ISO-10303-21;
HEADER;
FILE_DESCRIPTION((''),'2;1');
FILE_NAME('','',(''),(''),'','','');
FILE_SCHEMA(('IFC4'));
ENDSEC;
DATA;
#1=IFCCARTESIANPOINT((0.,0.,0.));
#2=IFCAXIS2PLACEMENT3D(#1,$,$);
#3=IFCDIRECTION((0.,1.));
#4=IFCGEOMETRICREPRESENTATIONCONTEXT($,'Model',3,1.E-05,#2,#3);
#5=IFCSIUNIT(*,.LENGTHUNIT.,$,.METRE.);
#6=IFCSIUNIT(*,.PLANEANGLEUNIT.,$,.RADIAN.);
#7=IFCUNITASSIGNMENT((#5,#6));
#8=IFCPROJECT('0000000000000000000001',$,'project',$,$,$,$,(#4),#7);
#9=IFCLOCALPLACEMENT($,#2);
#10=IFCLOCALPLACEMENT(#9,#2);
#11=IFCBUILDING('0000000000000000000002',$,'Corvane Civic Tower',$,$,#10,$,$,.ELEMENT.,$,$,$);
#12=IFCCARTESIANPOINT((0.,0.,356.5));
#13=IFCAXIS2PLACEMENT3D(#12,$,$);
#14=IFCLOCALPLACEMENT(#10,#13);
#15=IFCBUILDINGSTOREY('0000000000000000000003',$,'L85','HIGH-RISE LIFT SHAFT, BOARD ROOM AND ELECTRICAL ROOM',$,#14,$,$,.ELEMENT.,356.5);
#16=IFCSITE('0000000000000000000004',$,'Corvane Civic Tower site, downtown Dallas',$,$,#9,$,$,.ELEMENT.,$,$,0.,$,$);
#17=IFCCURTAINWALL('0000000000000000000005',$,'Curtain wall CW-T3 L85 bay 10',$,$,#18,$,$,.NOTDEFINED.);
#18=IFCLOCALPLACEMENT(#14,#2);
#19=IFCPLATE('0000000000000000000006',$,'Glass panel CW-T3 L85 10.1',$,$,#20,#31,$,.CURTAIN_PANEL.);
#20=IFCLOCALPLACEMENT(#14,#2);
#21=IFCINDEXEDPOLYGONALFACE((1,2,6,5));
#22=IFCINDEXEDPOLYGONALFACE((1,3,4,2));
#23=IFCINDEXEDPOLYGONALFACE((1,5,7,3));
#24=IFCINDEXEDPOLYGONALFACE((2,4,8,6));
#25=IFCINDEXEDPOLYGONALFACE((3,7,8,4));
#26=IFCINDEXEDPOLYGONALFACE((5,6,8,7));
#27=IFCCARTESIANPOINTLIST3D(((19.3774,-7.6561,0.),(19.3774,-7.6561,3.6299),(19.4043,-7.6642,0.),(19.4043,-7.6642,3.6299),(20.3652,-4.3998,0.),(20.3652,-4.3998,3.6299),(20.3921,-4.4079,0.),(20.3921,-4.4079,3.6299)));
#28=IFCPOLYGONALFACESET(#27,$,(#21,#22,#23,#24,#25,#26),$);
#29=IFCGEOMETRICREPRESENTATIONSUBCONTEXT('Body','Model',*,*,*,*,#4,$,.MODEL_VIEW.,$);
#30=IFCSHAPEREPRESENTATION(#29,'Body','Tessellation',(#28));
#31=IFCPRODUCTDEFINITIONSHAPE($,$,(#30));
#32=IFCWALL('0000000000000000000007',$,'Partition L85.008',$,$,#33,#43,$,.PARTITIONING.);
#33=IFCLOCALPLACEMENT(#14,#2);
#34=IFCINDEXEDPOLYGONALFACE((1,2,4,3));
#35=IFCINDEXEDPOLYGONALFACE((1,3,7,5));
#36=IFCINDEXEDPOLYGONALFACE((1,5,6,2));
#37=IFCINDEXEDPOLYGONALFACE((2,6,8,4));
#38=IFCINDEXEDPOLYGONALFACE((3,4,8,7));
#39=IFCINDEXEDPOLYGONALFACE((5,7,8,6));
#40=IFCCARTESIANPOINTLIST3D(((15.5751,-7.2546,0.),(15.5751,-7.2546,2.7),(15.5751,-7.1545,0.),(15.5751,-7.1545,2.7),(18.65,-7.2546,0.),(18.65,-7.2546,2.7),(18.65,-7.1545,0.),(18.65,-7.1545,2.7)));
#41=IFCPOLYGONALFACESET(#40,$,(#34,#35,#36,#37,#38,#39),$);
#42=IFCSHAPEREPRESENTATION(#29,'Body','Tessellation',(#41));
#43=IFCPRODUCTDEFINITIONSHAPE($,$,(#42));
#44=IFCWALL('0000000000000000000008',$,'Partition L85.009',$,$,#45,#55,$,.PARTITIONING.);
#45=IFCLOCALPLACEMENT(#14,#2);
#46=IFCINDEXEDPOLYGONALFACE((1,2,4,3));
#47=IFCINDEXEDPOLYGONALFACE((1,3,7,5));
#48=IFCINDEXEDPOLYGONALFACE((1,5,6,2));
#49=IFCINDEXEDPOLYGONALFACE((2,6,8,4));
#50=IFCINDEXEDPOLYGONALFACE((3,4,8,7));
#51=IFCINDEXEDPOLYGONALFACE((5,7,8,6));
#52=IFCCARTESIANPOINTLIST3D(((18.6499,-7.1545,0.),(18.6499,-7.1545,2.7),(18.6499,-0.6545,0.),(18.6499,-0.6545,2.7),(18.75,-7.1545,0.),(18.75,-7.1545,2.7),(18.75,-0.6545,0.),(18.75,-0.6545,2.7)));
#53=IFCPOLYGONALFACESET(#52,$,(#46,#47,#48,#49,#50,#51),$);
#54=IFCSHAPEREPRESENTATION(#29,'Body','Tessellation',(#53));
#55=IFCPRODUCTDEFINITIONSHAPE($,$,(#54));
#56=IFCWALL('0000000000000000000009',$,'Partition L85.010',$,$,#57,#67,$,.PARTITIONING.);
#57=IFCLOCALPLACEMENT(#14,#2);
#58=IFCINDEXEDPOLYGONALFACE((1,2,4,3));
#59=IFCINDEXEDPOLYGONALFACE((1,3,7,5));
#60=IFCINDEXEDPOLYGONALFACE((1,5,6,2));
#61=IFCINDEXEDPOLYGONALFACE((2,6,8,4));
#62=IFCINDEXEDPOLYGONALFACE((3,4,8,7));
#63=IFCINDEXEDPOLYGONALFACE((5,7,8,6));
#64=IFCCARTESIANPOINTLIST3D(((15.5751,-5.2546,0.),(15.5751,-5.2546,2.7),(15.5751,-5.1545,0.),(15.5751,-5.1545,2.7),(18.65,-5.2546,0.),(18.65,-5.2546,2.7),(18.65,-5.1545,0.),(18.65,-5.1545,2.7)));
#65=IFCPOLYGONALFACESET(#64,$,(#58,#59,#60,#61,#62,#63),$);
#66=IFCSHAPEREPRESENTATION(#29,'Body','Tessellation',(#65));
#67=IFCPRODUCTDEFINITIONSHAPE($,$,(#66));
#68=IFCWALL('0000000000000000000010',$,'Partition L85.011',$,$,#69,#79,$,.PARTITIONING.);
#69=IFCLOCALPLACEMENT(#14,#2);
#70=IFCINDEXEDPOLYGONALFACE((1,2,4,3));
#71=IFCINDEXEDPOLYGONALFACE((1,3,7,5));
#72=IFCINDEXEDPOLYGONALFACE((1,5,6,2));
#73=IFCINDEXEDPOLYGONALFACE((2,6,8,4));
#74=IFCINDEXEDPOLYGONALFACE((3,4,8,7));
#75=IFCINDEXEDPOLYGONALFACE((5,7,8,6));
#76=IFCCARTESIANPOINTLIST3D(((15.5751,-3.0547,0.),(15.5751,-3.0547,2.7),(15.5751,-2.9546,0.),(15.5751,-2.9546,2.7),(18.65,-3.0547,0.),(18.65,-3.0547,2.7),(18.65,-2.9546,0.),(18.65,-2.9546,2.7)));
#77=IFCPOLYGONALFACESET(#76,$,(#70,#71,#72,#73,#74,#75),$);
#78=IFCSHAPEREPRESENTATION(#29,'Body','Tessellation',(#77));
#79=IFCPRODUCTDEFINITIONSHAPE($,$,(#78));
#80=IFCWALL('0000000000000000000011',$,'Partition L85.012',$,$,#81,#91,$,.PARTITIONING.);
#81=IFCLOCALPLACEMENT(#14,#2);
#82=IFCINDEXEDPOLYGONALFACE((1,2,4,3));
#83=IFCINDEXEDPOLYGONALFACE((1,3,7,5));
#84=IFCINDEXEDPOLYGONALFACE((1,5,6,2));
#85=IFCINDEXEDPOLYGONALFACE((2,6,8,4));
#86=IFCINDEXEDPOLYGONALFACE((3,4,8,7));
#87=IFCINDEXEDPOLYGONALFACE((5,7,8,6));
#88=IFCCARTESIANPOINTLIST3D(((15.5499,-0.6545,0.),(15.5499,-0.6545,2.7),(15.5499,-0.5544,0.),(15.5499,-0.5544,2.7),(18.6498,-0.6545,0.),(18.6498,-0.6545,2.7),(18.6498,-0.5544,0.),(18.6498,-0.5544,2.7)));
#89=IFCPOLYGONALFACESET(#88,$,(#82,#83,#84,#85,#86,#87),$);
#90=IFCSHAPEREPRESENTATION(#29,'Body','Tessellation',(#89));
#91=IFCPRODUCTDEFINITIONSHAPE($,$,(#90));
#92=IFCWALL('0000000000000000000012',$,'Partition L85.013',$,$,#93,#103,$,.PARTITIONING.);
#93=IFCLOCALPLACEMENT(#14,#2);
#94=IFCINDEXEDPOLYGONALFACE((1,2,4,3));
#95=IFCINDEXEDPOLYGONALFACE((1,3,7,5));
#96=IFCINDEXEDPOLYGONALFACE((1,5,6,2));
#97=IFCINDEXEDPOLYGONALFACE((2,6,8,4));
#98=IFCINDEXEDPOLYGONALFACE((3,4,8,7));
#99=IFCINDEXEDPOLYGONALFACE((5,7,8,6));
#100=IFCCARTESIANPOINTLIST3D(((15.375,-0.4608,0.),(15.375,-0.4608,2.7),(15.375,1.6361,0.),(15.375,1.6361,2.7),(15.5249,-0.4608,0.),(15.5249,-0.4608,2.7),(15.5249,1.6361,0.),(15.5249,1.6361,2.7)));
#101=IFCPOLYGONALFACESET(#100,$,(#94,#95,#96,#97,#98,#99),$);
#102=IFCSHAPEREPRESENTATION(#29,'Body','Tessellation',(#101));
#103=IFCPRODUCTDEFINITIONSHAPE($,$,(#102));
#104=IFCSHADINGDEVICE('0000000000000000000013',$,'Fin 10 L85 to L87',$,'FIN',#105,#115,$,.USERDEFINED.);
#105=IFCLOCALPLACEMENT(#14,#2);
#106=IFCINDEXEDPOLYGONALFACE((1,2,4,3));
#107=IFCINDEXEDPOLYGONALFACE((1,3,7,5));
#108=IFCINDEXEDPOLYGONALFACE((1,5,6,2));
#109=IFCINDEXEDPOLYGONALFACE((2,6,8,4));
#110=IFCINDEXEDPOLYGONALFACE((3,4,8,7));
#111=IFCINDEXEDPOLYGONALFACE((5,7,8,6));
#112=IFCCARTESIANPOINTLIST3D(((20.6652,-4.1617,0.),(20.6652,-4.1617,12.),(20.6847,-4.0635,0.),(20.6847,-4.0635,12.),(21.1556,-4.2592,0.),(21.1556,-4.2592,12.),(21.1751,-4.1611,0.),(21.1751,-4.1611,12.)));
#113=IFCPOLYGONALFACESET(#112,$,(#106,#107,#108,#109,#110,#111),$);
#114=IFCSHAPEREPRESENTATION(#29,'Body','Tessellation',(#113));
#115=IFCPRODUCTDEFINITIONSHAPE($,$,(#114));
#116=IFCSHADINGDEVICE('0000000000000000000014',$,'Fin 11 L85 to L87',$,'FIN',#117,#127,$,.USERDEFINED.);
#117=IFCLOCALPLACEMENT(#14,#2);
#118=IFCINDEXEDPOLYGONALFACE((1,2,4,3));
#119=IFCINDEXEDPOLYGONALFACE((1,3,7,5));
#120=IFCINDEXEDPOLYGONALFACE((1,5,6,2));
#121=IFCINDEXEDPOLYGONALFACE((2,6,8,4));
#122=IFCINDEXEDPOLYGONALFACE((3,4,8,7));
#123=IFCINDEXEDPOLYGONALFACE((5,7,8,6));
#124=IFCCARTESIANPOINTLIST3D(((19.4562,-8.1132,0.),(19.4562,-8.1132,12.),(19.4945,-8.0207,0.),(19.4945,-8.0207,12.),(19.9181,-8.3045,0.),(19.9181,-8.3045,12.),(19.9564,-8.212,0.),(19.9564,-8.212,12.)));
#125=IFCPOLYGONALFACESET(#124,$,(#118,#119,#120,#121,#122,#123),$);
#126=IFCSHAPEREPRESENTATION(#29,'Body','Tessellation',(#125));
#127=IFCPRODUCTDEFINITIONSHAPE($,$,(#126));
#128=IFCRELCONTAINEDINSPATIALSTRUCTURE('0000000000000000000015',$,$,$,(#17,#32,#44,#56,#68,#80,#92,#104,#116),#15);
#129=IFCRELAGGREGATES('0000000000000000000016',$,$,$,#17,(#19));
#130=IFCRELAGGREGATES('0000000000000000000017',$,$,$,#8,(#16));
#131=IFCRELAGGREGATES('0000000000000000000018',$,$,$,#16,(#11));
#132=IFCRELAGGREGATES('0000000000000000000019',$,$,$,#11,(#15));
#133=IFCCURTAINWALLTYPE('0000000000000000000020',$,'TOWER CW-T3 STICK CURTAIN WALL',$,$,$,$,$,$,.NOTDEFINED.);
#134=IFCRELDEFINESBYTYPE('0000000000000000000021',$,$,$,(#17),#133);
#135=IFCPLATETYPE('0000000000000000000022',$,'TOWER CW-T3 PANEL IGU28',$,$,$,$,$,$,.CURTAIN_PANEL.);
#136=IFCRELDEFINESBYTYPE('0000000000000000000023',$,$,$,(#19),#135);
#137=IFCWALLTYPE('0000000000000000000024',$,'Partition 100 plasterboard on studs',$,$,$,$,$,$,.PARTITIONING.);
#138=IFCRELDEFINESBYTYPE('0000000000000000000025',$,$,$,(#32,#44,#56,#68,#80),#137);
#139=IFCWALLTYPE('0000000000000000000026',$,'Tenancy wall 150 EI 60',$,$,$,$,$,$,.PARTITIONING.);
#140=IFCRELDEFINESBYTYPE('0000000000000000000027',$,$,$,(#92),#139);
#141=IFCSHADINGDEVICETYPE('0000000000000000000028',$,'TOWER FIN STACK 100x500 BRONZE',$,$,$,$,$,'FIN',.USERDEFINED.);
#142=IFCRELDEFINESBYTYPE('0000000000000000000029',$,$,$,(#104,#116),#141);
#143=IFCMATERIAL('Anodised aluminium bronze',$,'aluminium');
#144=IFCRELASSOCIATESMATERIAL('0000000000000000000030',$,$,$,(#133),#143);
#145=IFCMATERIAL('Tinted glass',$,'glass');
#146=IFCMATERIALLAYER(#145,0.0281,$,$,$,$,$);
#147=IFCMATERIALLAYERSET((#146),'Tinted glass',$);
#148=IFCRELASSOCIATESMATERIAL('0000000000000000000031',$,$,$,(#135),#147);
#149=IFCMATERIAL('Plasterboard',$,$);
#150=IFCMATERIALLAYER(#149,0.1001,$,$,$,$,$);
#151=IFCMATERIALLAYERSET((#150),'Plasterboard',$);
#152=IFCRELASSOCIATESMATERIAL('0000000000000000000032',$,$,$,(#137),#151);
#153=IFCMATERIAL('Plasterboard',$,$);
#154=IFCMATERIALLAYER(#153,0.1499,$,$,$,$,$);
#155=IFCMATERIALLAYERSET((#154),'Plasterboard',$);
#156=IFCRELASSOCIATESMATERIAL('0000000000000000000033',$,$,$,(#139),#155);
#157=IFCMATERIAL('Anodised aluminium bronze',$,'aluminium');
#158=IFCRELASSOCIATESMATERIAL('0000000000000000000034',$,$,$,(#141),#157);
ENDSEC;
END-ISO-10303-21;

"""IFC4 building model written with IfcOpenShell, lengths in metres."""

from ifc_helpers import new_model, si_unit, direction, frame, frame_2d, origin, origin_2d, place, context, subcontext, project, spatial, rectangle, extrude, material, layer, layer_set, material_profile, profile_set, type_object, element, aggregate, save


model = new_model("IFC4")

# Units and contexts
model_context = context("Model", 3, precision=1e-05, world=origin(), true_north=direction((0.0, 1.0)))
body_context = subcontext(model_context, "Body", "Model", "MODEL_VIEW")
ifc_project = project(units=[si_unit("LENGTHUNIT", "METRE"), si_unit("PLANEANGLEUNIT", "RADIAN")], contexts=[model_context])

# Site, building, storey
site_placement = place(None, origin())
site = spatial("IfcSite", under=ifc_project, at=site_placement, Name="Corvane Civic Tower site, downtown Dallas", CompositionType="ELEMENT", RefElevation=0.0)
building_placement = place(site_placement, origin())
building = spatial("IfcBuilding", under=site, at=building_placement, Name="Corvane Civic Tower", CompositionType="ELEMENT")
storey_placement = place(building_placement, frame((0.0, 0.0, 356.5)))
storey = spatial("IfcBuildingStorey", under=building, at=storey_placement, Name="L85", Description="HIGH-RISE LIFT SHAFT, BOARD ROOM AND ELECTRICAL ROOM", CompositionType="ELEMENT", Elevation=356.5)

# Curtain wall
ifc_material_1 = material(Name="Anodised aluminium bronze", Category="aluminium")
curtain_wall_type = type_object("IfcCurtainWallType", Name="TOWER CW-T3 STICK CURTAIN WALL", PredefinedType="NOTDEFINED", material=ifc_material_1)
curtain_wall_1_placement = place(storey_placement, origin())
curtain_wall_1 = element("IfcCurtainWall", 1, at=curtain_wall_1_placement, inside=storey, type_object=curtain_wall_type, Name="Curtain wall CW-T3 L85 bay 10", PredefinedType="NOTDEFINED")

# Plate
ifc_material_2 = material(Name="Tinted glass", Category="glass")
ifc_layer_1 = layer(ifc_material_2, 0.0281)
ifc_layer_set_1 = layer_set([ifc_layer_1], Name="Tinted glass")
plate_type = type_object("IfcPlateType", Name="TOWER CW-T3 PANEL IGU28", PredefinedType="CURTAIN_PANEL", material=ifc_layer_set_1)
plate_1_placement = place(storey_placement, frame((19.8848, -6.032, 0.0), z_axis=(0.0, 0.0, 1.0), x_axis=(-0.29029, -0.956939, 0.0)))
plate_1 = element("IfcPlate", 2, at=plate_1_placement, type_object=plate_type, Name="Glass panel CW-T3 L85 10.1", PredefinedType="CURTAIN_PANEL", context=body_context, shape_type="SweptSolid", body=[
    extrude(rectangle(XDim=3.4028, YDim=0.0281, at=origin_2d()), origin(), (0.0, 0.0, 1.0), 3.6299),
])
aggregate(curtain_wall_1, [plate_1])

# Walls
ifc_material_3 = material(Name="Plasterboard")
ifc_layer_2 = layer(ifc_material_3, 0.1001)
ifc_layer_set_2 = layer_set([ifc_layer_2], Name="Plasterboard")
wall_type_1 = type_object("IfcWallType", Name="Partition 100 plasterboard on studs", PredefinedType="PARTITIONING", material=ifc_layer_set_2)
wall_1_placement = place(storey_placement, frame((15.575, -7.2046, 0.0), z_axis=(0.0, 0.0, 1.0), x_axis=(1.0, 0.0, 0.0)))
element("IfcWall", 3, at=wall_1_placement, inside=storey, type_object=wall_type_1, Name="Partition L85.008", PredefinedType="PARTITIONING", context=body_context, shape_type="SweptSolid", body=[
    extrude(rectangle(XDim=3.075, YDim=0.1001, at=frame_2d((1.5376, 0.0))), origin(), (0.0, 0.0, 1.0), 2.7),
])
wall_2_placement = place(storey_placement, frame((18.7, -7.1545, 0.0), z_axis=(0.0, 0.0, 1.0), x_axis=(0.0, 1.0, 0.0)))
element("IfcWall", 4, at=wall_2_placement, inside=storey, type_object=wall_type_1, Name="Partition L85.009", PredefinedType="PARTITIONING", context=body_context, shape_type="SweptSolid", body=[
    extrude(rectangle(XDim=6.5, YDim=0.1001, at=frame_2d((3.25, 0.0))), origin(), (0.0, 0.0, 1.0), 2.7),
])
for number, where, z_axis, x_axis, name in (
    (5, (15.575, -5.2046, 0.0), (0.0, 0.0, 1.0), (1.0, 0.0, 0.0), "Partition L85.010"),
    (6, (15.575, -3.0046, 0.0), (0.0, 0.0, 1.0), (1.0, 0.0, 0.0), "Partition L85.011"),
):
    element("IfcWall", number, at=place(storey_placement, frame(where, z_axis=z_axis, x_axis=x_axis)), inside=storey, type_object=wall_type_1, Name=name, PredefinedType="PARTITIONING", context=body_context, shape_type="SweptSolid", body=[
        extrude(rectangle(XDim=3.075, YDim=0.1001, at=frame_2d((1.5376, 0.0))), origin(), (0.0, 0.0, 1.0), 2.7),
    ])
wall_3_placement = place(storey_placement, frame((15.55, -0.6045, 0.0), z_axis=(0.0, 0.0, 1.0), x_axis=(1.0, 0.0, 0.0)))
element("IfcWall", 7, at=wall_3_placement, inside=storey, type_object=wall_type_1, Name="Partition L85.012", PredefinedType="PARTITIONING", context=body_context, shape_type="SweptSolid", body=[
    extrude(rectangle(XDim=3.0999, YDim=0.1001, at=frame_2d((1.5498, 0.0))), origin(), (0.0, 0.0, 1.0), 2.7),
])
ifc_material_4 = material(Name="Plasterboard")
ifc_layer_3 = layer(ifc_material_4, 0.1499)
ifc_layer_set_3 = layer_set([ifc_layer_3], Name="Plasterboard")
wall_type_2 = type_object("IfcWallType", Name="Tenancy wall 150 EI 60", PredefinedType="PARTITIONING", material=ifc_layer_set_3)
wall_4_placement = place(storey_placement, frame((15.45, -0.4607, 0.0), z_axis=(0.0, 0.0, 1.0), x_axis=(0.0, 1.0, 0.0)))
element("IfcWall", 8, at=wall_4_placement, inside=storey, type_object=wall_type_2, Name="Partition L85.013", PredefinedType="PARTITIONING", context=body_context, shape_type="SweptSolid", body=[
    extrude(rectangle(XDim=2.0969, YDim=0.1499, at=frame_2d((1.0483, 0.0))), origin(), (0.0, 0.0, 1.0), 2.7),
])

# Shading devices
ifc_material_5 = material(Name="Anodised aluminium bronze", Category="aluminium")
ifc_material_profile_1 = material_profile(ifc_material_5, rectangle(XDim=0.1001, YDim=0.5, at=origin_2d()), Name="TOWER FIN STACK 100x500 BRONZE")
ifc_profile_set_1 = profile_set([ifc_material_profile_1], Name="Anodised aluminium bronze")
shading_device_type = type_object("IfcShadingDeviceType", Name="TOWER FIN STACK 100x500 BRONZE", ElementType="FIN", PredefinedType="USERDEFINED", material=ifc_profile_set_1)
for number, where, z_axis, x_axis, name in (
    (9, (20.9202, -4.1614, 0.0), (0.0, 0.0, 1.0), (-0.19509, -0.980785, 0.0), "Fin 10 L85 to L87"),
    (10, (19.7063, -8.1626, 0.0), (0.0, 0.0, 1.0), (-0.382683, -0.92388, 0.0), "Fin 11 L85 to L87"),
):
    element("IfcShadingDevice", number, at=place(storey_placement, frame(where, z_axis=z_axis, x_axis=x_axis)), inside=storey, type_object=shading_device_type, Name=name, ObjectType="FIN", PredefinedType="USERDEFINED", context=body_context, shape_type="SweptSolid", body=[
        extrude(rectangle(XDim=0.1001, YDim=0.5, at=origin_2d()), origin(), (0.0, 0.0, 1.0), 12.0),
    ])

save(model, "model.ifc")
